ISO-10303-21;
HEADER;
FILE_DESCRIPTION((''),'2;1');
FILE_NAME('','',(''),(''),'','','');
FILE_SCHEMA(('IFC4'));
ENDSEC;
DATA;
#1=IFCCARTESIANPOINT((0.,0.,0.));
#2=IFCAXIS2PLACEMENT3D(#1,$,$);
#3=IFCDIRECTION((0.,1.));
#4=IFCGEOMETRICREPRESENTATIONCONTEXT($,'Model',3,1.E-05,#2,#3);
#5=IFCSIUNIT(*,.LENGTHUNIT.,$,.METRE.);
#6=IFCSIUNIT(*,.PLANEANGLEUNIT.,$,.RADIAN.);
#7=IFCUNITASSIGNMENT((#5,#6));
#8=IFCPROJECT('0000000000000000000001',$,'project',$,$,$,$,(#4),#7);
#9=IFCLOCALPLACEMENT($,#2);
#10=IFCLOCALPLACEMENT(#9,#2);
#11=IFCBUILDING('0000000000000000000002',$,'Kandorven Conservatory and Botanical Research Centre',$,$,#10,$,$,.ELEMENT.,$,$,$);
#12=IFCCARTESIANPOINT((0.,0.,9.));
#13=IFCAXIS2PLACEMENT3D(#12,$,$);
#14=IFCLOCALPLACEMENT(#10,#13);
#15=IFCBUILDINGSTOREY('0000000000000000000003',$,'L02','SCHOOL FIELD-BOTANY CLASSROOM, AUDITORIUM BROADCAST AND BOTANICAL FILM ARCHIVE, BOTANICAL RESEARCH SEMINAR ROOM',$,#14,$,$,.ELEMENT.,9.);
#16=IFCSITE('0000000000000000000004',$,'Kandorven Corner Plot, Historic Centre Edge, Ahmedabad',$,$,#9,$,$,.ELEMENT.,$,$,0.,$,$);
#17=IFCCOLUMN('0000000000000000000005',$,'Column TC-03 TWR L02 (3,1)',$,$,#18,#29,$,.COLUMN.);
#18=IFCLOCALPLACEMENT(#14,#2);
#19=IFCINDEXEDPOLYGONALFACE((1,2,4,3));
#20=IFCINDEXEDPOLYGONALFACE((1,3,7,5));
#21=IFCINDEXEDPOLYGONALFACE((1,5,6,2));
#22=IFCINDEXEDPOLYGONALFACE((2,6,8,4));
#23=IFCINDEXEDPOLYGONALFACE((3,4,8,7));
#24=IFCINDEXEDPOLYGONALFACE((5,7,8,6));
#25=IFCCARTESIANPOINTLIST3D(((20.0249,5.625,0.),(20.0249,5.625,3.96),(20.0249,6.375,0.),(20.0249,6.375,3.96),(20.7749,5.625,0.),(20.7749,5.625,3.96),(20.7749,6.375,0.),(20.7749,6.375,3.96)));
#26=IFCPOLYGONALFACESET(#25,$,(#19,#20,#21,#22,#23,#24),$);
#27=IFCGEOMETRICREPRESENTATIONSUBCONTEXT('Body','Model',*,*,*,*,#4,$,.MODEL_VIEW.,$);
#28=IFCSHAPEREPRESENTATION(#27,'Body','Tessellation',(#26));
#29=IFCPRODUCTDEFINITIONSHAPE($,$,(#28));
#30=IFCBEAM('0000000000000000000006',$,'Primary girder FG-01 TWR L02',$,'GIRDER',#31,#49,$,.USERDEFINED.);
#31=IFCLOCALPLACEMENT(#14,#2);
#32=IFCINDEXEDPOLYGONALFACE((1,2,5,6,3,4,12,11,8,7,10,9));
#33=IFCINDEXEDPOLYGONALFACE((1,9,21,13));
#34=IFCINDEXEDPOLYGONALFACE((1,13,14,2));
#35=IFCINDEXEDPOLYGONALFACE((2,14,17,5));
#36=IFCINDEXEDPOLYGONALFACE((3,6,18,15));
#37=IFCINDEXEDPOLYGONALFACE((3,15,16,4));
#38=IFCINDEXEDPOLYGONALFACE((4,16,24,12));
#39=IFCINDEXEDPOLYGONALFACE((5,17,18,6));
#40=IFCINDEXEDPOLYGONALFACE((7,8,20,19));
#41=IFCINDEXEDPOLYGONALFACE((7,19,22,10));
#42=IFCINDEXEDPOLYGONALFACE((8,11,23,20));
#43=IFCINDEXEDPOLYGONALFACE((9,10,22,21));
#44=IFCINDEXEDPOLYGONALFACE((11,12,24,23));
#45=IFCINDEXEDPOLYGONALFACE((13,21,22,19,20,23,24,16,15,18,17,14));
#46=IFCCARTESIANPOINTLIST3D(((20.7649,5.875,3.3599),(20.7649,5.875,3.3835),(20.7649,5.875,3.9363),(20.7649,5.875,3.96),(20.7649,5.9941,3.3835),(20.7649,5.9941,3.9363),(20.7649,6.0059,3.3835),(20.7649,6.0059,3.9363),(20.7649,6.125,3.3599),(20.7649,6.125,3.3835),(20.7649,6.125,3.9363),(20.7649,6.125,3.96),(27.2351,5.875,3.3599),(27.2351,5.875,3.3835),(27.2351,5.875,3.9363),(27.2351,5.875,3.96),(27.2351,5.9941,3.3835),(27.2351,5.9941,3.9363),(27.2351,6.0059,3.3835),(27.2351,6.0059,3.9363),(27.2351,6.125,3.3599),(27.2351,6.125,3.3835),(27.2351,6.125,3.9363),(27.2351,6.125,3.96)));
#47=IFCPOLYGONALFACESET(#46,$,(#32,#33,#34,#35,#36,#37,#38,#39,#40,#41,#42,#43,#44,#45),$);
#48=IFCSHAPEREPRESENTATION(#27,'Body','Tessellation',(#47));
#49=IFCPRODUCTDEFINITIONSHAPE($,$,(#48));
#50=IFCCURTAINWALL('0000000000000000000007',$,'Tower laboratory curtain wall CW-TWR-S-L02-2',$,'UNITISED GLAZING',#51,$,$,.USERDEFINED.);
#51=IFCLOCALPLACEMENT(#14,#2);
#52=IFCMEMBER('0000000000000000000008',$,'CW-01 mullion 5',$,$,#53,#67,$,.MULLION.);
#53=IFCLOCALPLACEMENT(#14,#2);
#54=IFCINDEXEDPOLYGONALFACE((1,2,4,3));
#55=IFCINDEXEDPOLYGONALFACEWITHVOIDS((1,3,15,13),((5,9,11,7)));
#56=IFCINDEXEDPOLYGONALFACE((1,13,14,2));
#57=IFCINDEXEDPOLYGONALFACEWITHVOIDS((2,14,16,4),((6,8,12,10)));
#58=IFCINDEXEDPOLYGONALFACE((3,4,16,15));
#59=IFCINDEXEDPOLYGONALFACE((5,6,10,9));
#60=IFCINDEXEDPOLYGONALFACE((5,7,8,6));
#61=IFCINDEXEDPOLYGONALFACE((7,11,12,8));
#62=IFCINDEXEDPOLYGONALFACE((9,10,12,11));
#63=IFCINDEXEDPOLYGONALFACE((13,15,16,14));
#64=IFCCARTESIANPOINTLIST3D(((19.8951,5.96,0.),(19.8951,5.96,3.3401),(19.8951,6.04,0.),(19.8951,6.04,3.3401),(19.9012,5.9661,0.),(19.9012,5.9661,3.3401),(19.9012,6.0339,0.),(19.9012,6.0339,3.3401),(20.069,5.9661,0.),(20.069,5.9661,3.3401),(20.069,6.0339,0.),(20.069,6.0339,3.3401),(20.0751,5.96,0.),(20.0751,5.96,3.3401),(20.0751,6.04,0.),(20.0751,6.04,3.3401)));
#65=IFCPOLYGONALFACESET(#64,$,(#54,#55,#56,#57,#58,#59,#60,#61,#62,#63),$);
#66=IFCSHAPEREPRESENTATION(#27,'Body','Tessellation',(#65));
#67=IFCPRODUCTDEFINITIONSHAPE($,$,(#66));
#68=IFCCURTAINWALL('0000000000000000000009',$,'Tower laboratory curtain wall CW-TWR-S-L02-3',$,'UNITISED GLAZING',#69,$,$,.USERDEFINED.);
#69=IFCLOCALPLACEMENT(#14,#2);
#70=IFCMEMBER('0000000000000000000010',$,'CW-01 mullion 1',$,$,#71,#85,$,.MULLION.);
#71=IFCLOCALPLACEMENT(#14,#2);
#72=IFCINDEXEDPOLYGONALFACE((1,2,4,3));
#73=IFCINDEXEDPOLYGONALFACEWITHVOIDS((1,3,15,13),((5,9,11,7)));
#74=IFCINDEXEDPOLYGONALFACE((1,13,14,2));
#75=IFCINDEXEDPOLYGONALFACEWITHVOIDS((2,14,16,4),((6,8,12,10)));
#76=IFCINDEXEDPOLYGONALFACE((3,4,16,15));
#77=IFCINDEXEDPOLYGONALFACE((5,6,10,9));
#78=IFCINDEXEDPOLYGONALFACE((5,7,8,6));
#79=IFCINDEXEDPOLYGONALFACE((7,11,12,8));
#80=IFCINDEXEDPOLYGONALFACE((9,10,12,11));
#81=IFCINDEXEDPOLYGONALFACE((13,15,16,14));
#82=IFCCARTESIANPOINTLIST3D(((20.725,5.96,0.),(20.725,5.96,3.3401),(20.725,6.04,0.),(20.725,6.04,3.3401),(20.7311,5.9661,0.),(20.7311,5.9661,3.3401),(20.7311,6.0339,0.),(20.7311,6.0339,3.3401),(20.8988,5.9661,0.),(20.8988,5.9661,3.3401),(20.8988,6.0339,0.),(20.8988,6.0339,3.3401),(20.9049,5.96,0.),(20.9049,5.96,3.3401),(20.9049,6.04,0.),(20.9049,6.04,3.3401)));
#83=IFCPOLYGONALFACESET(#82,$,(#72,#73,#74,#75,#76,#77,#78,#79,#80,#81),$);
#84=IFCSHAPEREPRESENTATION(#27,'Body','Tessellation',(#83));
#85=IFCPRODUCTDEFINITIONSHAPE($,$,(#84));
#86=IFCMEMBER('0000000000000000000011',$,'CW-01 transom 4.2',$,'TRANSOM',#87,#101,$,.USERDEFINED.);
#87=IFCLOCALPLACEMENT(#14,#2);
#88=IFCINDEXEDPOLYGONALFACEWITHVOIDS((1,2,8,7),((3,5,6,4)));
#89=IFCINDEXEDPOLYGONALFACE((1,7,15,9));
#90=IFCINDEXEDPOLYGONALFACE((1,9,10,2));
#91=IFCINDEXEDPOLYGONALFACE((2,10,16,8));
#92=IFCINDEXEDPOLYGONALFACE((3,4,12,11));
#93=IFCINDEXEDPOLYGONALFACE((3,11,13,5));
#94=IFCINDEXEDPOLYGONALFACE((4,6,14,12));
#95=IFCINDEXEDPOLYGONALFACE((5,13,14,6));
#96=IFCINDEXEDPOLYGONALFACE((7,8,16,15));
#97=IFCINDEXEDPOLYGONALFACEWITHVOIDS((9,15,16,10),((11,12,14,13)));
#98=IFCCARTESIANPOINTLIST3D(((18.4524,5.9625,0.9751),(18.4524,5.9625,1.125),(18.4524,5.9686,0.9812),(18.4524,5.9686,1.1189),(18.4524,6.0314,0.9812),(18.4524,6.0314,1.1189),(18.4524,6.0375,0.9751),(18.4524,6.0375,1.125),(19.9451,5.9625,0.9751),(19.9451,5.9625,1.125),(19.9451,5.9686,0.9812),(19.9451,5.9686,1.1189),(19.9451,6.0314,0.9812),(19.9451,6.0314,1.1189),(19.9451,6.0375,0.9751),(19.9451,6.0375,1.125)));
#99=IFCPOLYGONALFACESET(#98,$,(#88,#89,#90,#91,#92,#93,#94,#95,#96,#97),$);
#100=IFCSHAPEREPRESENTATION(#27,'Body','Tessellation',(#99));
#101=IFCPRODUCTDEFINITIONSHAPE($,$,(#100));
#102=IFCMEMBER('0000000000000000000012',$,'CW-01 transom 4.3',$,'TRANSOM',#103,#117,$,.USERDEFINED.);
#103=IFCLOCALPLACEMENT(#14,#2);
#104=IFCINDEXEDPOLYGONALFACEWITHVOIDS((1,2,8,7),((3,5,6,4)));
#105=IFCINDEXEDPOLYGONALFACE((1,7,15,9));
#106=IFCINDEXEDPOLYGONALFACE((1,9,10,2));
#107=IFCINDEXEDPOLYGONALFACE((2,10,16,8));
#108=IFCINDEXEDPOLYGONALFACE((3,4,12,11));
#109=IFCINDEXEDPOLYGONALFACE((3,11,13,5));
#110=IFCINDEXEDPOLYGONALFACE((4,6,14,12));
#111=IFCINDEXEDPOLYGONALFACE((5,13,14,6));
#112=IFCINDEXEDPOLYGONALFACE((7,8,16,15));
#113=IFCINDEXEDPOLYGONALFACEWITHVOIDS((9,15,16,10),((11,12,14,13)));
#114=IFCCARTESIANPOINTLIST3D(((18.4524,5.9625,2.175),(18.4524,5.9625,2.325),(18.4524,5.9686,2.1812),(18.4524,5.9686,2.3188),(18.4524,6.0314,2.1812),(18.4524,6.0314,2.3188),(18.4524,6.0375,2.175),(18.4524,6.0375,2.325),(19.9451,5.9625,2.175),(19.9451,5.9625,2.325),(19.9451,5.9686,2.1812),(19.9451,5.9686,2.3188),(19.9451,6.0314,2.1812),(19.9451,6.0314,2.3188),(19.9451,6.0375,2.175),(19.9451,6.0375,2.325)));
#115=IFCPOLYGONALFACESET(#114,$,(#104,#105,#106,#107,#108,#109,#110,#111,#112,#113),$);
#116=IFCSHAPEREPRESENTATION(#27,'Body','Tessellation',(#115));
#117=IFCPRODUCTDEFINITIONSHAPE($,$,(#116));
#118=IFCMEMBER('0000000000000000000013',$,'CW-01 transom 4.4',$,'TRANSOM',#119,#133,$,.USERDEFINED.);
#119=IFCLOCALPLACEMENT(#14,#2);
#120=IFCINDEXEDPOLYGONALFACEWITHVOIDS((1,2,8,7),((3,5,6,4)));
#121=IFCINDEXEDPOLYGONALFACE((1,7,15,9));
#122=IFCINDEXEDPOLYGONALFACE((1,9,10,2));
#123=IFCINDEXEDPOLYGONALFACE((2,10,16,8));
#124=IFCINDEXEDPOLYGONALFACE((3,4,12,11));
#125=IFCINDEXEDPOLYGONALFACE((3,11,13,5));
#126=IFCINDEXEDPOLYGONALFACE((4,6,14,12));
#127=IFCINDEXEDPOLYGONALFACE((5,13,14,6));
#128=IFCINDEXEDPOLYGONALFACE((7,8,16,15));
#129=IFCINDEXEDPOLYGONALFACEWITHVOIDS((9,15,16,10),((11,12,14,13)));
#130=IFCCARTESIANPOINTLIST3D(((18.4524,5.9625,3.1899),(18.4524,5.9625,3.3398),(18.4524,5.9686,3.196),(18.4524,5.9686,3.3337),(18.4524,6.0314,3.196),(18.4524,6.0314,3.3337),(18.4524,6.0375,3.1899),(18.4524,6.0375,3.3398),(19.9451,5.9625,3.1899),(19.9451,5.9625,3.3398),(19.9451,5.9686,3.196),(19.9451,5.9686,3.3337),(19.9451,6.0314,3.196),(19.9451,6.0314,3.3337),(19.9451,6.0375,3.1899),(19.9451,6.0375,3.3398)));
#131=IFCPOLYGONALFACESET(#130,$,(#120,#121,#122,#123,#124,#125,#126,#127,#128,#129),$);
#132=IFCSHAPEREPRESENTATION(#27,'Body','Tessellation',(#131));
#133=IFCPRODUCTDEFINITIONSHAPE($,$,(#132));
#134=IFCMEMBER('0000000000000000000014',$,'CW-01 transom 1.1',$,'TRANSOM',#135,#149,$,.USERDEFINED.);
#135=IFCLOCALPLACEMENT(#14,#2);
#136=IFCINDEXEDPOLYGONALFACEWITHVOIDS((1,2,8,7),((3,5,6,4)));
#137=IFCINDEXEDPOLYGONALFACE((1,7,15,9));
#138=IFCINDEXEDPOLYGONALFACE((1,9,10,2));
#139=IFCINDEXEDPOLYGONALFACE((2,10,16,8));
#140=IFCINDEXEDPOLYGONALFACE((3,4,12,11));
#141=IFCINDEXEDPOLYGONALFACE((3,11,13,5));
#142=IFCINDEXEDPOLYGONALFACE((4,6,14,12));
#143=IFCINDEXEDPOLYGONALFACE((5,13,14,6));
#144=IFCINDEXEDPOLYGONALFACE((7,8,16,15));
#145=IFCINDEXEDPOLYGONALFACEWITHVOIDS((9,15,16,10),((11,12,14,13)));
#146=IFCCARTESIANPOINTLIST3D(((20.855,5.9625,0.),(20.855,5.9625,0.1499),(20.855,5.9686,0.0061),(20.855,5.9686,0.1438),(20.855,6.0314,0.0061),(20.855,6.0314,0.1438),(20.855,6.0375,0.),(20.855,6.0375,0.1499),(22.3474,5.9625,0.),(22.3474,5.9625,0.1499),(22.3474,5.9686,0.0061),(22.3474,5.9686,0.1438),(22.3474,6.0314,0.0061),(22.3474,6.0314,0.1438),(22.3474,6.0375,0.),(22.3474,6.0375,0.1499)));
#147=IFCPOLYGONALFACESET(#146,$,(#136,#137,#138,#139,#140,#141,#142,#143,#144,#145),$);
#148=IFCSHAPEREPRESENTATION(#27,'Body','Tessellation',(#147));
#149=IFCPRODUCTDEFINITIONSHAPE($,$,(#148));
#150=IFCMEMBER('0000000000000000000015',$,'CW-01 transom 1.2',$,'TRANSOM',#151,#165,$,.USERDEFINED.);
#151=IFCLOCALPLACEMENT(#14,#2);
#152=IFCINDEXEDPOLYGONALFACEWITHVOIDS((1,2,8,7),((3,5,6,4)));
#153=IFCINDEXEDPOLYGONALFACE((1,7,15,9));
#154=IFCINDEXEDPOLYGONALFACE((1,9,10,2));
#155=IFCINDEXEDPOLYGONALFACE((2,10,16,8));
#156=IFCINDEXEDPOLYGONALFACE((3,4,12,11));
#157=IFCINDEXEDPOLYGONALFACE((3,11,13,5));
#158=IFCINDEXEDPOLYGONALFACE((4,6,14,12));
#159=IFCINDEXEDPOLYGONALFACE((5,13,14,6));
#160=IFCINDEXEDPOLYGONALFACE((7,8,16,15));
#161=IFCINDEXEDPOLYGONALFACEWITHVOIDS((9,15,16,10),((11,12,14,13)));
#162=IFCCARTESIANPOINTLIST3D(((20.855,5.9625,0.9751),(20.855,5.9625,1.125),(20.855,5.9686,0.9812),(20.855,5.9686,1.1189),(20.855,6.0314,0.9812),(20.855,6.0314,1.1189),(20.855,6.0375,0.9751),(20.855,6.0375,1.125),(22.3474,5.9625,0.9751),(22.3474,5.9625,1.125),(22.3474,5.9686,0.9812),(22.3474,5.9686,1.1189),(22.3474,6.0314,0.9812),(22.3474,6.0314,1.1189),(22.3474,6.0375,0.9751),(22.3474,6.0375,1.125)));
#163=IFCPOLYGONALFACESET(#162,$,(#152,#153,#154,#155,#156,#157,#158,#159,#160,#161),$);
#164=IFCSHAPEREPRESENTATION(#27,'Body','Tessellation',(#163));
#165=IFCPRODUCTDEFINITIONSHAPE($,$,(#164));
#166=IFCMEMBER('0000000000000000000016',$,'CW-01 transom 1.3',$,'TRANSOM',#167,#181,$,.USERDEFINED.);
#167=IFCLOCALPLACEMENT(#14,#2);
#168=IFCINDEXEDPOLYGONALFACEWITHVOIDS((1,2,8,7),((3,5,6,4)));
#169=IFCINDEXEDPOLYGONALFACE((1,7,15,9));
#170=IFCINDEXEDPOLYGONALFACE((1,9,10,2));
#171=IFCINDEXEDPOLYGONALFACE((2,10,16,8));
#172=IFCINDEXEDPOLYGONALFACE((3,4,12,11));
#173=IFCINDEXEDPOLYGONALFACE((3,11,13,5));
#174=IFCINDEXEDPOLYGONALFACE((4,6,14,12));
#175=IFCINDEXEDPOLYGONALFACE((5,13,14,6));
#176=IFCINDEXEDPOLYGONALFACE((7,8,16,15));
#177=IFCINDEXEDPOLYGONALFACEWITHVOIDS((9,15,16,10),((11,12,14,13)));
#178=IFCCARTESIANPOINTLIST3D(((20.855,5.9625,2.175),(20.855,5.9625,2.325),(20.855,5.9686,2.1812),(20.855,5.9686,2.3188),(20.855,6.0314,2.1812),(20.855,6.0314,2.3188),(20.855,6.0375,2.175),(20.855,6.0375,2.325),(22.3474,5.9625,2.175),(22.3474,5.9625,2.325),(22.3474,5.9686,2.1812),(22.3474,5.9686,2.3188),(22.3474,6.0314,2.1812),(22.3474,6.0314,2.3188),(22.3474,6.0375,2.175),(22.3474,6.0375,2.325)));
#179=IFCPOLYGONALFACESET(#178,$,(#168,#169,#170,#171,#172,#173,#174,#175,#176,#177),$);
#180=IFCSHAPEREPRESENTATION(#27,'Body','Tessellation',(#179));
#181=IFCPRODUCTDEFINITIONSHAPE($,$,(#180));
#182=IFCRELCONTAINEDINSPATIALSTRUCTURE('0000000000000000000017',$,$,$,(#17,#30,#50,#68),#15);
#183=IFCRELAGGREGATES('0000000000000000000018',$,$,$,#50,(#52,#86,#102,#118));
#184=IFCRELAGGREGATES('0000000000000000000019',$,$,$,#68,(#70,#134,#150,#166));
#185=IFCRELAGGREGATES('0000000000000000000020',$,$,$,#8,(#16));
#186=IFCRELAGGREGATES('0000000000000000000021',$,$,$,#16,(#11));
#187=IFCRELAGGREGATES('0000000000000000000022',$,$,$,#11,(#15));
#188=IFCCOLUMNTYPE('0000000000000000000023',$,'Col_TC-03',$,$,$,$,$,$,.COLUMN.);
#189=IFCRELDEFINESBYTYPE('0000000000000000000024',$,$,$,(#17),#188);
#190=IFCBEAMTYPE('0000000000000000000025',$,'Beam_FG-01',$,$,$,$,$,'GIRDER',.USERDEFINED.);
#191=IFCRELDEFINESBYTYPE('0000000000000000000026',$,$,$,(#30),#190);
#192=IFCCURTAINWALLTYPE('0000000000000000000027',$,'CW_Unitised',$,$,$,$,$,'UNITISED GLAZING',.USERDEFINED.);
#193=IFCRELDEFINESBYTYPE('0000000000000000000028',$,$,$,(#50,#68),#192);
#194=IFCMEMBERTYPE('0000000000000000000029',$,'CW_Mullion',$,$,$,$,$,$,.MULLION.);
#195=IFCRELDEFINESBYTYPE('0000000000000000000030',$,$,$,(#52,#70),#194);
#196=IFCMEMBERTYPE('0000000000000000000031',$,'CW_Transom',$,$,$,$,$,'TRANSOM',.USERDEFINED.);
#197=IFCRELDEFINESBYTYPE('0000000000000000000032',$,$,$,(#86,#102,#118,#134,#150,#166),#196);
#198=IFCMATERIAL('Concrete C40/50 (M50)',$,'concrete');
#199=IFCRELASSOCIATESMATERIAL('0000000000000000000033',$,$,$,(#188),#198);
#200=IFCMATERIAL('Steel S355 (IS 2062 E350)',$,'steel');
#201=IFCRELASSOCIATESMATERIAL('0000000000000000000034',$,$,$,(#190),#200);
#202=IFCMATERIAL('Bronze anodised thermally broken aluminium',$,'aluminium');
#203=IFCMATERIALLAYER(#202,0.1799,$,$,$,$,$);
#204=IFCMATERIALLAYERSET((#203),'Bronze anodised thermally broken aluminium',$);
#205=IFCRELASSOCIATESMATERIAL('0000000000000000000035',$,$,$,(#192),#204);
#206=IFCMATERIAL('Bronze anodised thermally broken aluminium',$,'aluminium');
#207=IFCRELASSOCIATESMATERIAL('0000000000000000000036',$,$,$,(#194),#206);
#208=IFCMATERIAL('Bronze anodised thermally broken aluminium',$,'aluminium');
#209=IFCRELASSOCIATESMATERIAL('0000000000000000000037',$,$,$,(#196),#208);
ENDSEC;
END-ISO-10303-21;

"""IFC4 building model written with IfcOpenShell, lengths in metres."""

from ifc_helpers import new_model, si_unit, direction, frame, origin, origin_2d, place, context, subcontext, project, spatial, rectangle, hollow_rectangle, i_section, extrude, material, layer, layer_set, material_profile, profile_set, type_object, element, aggregate, save


model = new_model("IFC4")

# Units and contexts
model_context = context("Model", 3, precision=1e-05, world=origin(), true_north=direction((0.0, 1.0)))
body_context = subcontext(model_context, "Body", "Model", "MODEL_VIEW")
ifc_project = project(units=[si_unit("LENGTHUNIT", "METRE"), si_unit("PLANEANGLEUNIT", "RADIAN")], contexts=[model_context])

# Site, building, storey
site_placement = place(None, origin())
site = spatial("IfcSite", under=ifc_project, at=site_placement, Name="Kandorven Corner Plot, Historic Centre Edge, Ahmedabad", CompositionType="ELEMENT", RefElevation=0.0)
building_placement = place(site_placement, origin())
building = spatial("IfcBuilding", under=site, at=building_placement, Name="Kandorven Conservatory and Botanical Research Centre", CompositionType="ELEMENT")
storey_placement = place(building_placement, frame((0.0, 0.0, 9.0)))
storey = spatial("IfcBuildingStorey", under=building, at=storey_placement, Name="L02", Description="SCHOOL FIELD-BOTANY CLASSROOM, AUDITORIUM BROADCAST AND BOTANICAL FILM ARCHIVE, BOTANICAL RESEARCH SEMINAR ROOM", CompositionType="ELEMENT", Elevation=9.0)

# Column
ifc_material_1 = material(Name="Concrete C40/50 (M50)", Category="concrete")
ifc_material_profile_1 = material_profile(ifc_material_1, rectangle(XDim=0.75, YDim=0.75, at=origin_2d()))
ifc_profile_set_1 = profile_set([ifc_material_profile_1], Name="Concrete C40/50 (M50)")
column_type = type_object("IfcColumnType", Name="Col_TC-03", PredefinedType="COLUMN", material=ifc_profile_set_1)
column_placement = place(storey_placement, frame((20.3999, 6.0, 0.0), z_axis=(0.0, 0.0, 1.0), x_axis=(1.0, 0.0, 0.0)))
element("IfcColumn", 1, at=column_placement, inside=storey, type_object=column_type, Name="Column TC-03 TWR L02 (3,1)", PredefinedType="COLUMN", context=body_context, shape_type="SweptSolid", body=[
    extrude(rectangle(XDim=0.75, YDim=0.75, at=origin_2d()), origin(), (0.0, 0.0, 1.0), 3.96),
])

# Beam
ifc_material_2 = material(Name="Steel S355 (IS 2062 E350)", Category="steel")
ifc_material_profile_2 = material_profile(ifc_material_2, i_section(OverallWidth=0.25, OverallDepth=0.6001, WebThickness=0.0117, FlangeThickness=0.0237, at=origin_2d()))
ifc_profile_set_2 = profile_set([ifc_material_profile_2], Name="Steel S355 (IS 2062 E350)")
beam_type = type_object("IfcBeamType", Name="Beam_FG-01", ElementType="GIRDER", PredefinedType="USERDEFINED", material=ifc_profile_set_2)
beam_placement = place(storey_placement, frame((20.7649, 6.0, 3.6599), z_axis=(1.0, 0.0, 0.0), x_axis=(0.0, 1.0, 0.0)))
element("IfcBeam", 2, at=beam_placement, inside=storey, type_object=beam_type, Name="Primary girder FG-01 TWR L02", ObjectType="GIRDER", PredefinedType="USERDEFINED", context=body_context, shape_type="SweptSolid", body=[
    extrude(i_section(OverallWidth=0.25, OverallDepth=0.6001, WebThickness=0.0117, FlangeThickness=0.0237, at=origin_2d()), origin(), (0.0, 0.0, 1.0), 6.4702),
])

# Curtain walls, members
ifc_material_3 = material(Name="Bronze anodised thermally broken aluminium", Category="aluminium")
ifc_layer_1 = layer(ifc_material_3, 0.1799)
ifc_layer_set_1 = layer_set([ifc_layer_1], Name="Bronze anodised thermally broken aluminium")
curtain_wall_type = type_object("IfcCurtainWallType", Name="CW_Unitised", ElementType="UNITISED GLAZING", PredefinedType="USERDEFINED", material=ifc_layer_set_1)
curtain_wall_1_placement = place(storey_placement, origin())
curtain_wall_1 = element("IfcCurtainWall", 3, at=curtain_wall_1_placement, inside=storey, type_object=curtain_wall_type, Name="Tower laboratory curtain wall CW-TWR-S-L02-2", ObjectType="UNITISED GLAZING", PredefinedType="USERDEFINED")
ifc_material_4 = material(Name="Bronze anodised thermally broken aluminium", Category="aluminium")
ifc_material_profile_3 = material_profile(ifc_material_4, hollow_rectangle(XDim=0.0801, YDim=0.1799, WallThickness=0.0061, at=origin_2d()))
ifc_profile_set_3 = profile_set([ifc_material_profile_3], Name="Bronze anodised thermally broken aluminium")
member_type_1 = type_object("IfcMemberType", Name="CW_Mullion", PredefinedType="MULLION", material=ifc_profile_set_3)
member_1_placement = place(storey_placement, frame((19.9851, 6.0, 0.0), z_axis=(0.0, 0.0, 1.0), x_axis=(0.0, 1.0, 0.0)))
member_1 = element("IfcMember", 4, at=member_1_placement, type_object=member_type_1, Name="CW-01 mullion 5", PredefinedType="MULLION", context=body_context, shape_type="SweptSolid", body=[
    extrude(hollow_rectangle(XDim=0.0801, YDim=0.1799, WallThickness=0.0061, at=origin_2d()), origin(), (0.0, 0.0, 1.0), 3.3401),
])
curtain_wall_2_placement = place(storey_placement, origin())
curtain_wall_2 = element("IfcCurtainWall", 5, at=curtain_wall_2_placement, inside=storey, type_object=curtain_wall_type, Name="Tower laboratory curtain wall CW-TWR-S-L02-3", ObjectType="UNITISED GLAZING", PredefinedType="USERDEFINED")
member_2_placement = place(storey_placement, frame((20.8149, 6.0, 0.0), z_axis=(0.0, 0.0, 1.0), x_axis=(0.0, 1.0, 0.0)))
member_2 = element("IfcMember", 6, at=member_2_placement, type_object=member_type_1, Name="CW-01 mullion 1", PredefinedType="MULLION", context=body_context, shape_type="SweptSolid", body=[
    extrude(hollow_rectangle(XDim=0.0801, YDim=0.1799, WallThickness=0.0061, at=origin_2d()), origin(), (0.0, 0.0, 1.0), 3.3401),
])

# Members
ifc_material_5 = material(Name="Bronze anodised thermally broken aluminium", Category="aluminium")
ifc_material_profile_4 = material_profile(ifc_material_5, hollow_rectangle(XDim=0.075, YDim=0.1499, WallThickness=0.0061, at=origin_2d()))
ifc_profile_set_4 = profile_set([ifc_material_profile_4], Name="Bronze anodised thermally broken aluminium")
member_type_2 = type_object("IfcMemberType", Name="CW_Transom", ElementType="TRANSOM", PredefinedType="USERDEFINED", material=ifc_profile_set_4)
member_3_placement = place(storey_placement, frame((18.4524, 6.0, 1.05), z_axis=(1.0, 0.0, 0.0), x_axis=(0.0, 1.0, 0.0)))
member_3 = element("IfcMember", 7, at=member_3_placement, type_object=member_type_2, Name="CW-01 transom 4.2", ObjectType="TRANSOM", PredefinedType="USERDEFINED", context=body_context, shape_type="SweptSolid", body=[
    extrude(hollow_rectangle(XDim=0.075, YDim=0.1499, WallThickness=0.0061, at=origin_2d()), origin(), (0.0, 0.0, 1.0), 1.4927),
])
member_4_placement = place(storey_placement, frame((18.4524, 6.0, 2.25), z_axis=(1.0, 0.0, 0.0), x_axis=(0.0, 1.0, 0.0)))
member_4 = element("IfcMember", 8, at=member_4_placement, type_object=member_type_2, Name="CW-01 transom 4.3", ObjectType="TRANSOM", PredefinedType="USERDEFINED", context=body_context, shape_type="SweptSolid", body=[
    extrude(hollow_rectangle(XDim=0.075, YDim=0.1499, WallThickness=0.0061, at=origin_2d()), origin(), (0.0, 0.0, 1.0), 1.4927),
])
member_5_placement = place(storey_placement, frame((18.4524, 6.0, 3.2649), z_axis=(1.0, 0.0, 0.0), x_axis=(0.0, 1.0, 0.0)))
member_5 = element("IfcMember", 9, at=member_5_placement, type_object=member_type_2, Name="CW-01 transom 4.4", ObjectType="TRANSOM", PredefinedType="USERDEFINED", context=body_context, shape_type="SweptSolid", body=[
    extrude(hollow_rectangle(XDim=0.075, YDim=0.1499, WallThickness=0.0061, at=origin_2d()), origin(), (0.0, 0.0, 1.0), 1.4927),
])
member_6_placement = place(storey_placement, frame((20.855, 6.0, 0.075), z_axis=(1.0, 0.0, 0.0), x_axis=(0.0, 1.0, 0.0)))
member_6 = element("IfcMember", 10, at=member_6_placement, type_object=member_type_2, Name="CW-01 transom 1.1", ObjectType="TRANSOM", PredefinedType="USERDEFINED", context=body_context, shape_type="SweptSolid", body=[
    extrude(hollow_rectangle(XDim=0.075, YDim=0.1499, WallThickness=0.0061, at=origin_2d()), origin(), (0.0, 0.0, 1.0), 1.4924),
])
member_7_placement = place(storey_placement, frame((20.855, 6.0, 1.05), z_axis=(1.0, 0.0, 0.0), x_axis=(0.0, 1.0, 0.0)))
member_7 = element("IfcMember", 11, at=member_7_placement, type_object=member_type_2, Name="CW-01 transom 1.2", ObjectType="TRANSOM", PredefinedType="USERDEFINED", context=body_context, shape_type="SweptSolid", body=[
    extrude(hollow_rectangle(XDim=0.075, YDim=0.1499, WallThickness=0.0061, at=origin_2d()), origin(), (0.0, 0.0, 1.0), 1.4924),
])
member_8_placement = place(storey_placement, frame((20.855, 6.0, 2.25), z_axis=(1.0, 0.0, 0.0), x_axis=(0.0, 1.0, 0.0)))
member_8 = element("IfcMember", 12, at=member_8_placement, type_object=member_type_2, Name="CW-01 transom 1.3", ObjectType="TRANSOM", PredefinedType="USERDEFINED", context=body_context, shape_type="SweptSolid", body=[
    extrude(hollow_rectangle(XDim=0.075, YDim=0.1499, WallThickness=0.0061, at=origin_2d()), origin(), (0.0, 0.0, 1.0), 1.4924),
])

aggregate(curtain_wall_1, [member_1, member_3, member_4, member_5])
aggregate(curtain_wall_2, [member_2, member_6, member_7, member_8])

save(model, "model.ifc")
